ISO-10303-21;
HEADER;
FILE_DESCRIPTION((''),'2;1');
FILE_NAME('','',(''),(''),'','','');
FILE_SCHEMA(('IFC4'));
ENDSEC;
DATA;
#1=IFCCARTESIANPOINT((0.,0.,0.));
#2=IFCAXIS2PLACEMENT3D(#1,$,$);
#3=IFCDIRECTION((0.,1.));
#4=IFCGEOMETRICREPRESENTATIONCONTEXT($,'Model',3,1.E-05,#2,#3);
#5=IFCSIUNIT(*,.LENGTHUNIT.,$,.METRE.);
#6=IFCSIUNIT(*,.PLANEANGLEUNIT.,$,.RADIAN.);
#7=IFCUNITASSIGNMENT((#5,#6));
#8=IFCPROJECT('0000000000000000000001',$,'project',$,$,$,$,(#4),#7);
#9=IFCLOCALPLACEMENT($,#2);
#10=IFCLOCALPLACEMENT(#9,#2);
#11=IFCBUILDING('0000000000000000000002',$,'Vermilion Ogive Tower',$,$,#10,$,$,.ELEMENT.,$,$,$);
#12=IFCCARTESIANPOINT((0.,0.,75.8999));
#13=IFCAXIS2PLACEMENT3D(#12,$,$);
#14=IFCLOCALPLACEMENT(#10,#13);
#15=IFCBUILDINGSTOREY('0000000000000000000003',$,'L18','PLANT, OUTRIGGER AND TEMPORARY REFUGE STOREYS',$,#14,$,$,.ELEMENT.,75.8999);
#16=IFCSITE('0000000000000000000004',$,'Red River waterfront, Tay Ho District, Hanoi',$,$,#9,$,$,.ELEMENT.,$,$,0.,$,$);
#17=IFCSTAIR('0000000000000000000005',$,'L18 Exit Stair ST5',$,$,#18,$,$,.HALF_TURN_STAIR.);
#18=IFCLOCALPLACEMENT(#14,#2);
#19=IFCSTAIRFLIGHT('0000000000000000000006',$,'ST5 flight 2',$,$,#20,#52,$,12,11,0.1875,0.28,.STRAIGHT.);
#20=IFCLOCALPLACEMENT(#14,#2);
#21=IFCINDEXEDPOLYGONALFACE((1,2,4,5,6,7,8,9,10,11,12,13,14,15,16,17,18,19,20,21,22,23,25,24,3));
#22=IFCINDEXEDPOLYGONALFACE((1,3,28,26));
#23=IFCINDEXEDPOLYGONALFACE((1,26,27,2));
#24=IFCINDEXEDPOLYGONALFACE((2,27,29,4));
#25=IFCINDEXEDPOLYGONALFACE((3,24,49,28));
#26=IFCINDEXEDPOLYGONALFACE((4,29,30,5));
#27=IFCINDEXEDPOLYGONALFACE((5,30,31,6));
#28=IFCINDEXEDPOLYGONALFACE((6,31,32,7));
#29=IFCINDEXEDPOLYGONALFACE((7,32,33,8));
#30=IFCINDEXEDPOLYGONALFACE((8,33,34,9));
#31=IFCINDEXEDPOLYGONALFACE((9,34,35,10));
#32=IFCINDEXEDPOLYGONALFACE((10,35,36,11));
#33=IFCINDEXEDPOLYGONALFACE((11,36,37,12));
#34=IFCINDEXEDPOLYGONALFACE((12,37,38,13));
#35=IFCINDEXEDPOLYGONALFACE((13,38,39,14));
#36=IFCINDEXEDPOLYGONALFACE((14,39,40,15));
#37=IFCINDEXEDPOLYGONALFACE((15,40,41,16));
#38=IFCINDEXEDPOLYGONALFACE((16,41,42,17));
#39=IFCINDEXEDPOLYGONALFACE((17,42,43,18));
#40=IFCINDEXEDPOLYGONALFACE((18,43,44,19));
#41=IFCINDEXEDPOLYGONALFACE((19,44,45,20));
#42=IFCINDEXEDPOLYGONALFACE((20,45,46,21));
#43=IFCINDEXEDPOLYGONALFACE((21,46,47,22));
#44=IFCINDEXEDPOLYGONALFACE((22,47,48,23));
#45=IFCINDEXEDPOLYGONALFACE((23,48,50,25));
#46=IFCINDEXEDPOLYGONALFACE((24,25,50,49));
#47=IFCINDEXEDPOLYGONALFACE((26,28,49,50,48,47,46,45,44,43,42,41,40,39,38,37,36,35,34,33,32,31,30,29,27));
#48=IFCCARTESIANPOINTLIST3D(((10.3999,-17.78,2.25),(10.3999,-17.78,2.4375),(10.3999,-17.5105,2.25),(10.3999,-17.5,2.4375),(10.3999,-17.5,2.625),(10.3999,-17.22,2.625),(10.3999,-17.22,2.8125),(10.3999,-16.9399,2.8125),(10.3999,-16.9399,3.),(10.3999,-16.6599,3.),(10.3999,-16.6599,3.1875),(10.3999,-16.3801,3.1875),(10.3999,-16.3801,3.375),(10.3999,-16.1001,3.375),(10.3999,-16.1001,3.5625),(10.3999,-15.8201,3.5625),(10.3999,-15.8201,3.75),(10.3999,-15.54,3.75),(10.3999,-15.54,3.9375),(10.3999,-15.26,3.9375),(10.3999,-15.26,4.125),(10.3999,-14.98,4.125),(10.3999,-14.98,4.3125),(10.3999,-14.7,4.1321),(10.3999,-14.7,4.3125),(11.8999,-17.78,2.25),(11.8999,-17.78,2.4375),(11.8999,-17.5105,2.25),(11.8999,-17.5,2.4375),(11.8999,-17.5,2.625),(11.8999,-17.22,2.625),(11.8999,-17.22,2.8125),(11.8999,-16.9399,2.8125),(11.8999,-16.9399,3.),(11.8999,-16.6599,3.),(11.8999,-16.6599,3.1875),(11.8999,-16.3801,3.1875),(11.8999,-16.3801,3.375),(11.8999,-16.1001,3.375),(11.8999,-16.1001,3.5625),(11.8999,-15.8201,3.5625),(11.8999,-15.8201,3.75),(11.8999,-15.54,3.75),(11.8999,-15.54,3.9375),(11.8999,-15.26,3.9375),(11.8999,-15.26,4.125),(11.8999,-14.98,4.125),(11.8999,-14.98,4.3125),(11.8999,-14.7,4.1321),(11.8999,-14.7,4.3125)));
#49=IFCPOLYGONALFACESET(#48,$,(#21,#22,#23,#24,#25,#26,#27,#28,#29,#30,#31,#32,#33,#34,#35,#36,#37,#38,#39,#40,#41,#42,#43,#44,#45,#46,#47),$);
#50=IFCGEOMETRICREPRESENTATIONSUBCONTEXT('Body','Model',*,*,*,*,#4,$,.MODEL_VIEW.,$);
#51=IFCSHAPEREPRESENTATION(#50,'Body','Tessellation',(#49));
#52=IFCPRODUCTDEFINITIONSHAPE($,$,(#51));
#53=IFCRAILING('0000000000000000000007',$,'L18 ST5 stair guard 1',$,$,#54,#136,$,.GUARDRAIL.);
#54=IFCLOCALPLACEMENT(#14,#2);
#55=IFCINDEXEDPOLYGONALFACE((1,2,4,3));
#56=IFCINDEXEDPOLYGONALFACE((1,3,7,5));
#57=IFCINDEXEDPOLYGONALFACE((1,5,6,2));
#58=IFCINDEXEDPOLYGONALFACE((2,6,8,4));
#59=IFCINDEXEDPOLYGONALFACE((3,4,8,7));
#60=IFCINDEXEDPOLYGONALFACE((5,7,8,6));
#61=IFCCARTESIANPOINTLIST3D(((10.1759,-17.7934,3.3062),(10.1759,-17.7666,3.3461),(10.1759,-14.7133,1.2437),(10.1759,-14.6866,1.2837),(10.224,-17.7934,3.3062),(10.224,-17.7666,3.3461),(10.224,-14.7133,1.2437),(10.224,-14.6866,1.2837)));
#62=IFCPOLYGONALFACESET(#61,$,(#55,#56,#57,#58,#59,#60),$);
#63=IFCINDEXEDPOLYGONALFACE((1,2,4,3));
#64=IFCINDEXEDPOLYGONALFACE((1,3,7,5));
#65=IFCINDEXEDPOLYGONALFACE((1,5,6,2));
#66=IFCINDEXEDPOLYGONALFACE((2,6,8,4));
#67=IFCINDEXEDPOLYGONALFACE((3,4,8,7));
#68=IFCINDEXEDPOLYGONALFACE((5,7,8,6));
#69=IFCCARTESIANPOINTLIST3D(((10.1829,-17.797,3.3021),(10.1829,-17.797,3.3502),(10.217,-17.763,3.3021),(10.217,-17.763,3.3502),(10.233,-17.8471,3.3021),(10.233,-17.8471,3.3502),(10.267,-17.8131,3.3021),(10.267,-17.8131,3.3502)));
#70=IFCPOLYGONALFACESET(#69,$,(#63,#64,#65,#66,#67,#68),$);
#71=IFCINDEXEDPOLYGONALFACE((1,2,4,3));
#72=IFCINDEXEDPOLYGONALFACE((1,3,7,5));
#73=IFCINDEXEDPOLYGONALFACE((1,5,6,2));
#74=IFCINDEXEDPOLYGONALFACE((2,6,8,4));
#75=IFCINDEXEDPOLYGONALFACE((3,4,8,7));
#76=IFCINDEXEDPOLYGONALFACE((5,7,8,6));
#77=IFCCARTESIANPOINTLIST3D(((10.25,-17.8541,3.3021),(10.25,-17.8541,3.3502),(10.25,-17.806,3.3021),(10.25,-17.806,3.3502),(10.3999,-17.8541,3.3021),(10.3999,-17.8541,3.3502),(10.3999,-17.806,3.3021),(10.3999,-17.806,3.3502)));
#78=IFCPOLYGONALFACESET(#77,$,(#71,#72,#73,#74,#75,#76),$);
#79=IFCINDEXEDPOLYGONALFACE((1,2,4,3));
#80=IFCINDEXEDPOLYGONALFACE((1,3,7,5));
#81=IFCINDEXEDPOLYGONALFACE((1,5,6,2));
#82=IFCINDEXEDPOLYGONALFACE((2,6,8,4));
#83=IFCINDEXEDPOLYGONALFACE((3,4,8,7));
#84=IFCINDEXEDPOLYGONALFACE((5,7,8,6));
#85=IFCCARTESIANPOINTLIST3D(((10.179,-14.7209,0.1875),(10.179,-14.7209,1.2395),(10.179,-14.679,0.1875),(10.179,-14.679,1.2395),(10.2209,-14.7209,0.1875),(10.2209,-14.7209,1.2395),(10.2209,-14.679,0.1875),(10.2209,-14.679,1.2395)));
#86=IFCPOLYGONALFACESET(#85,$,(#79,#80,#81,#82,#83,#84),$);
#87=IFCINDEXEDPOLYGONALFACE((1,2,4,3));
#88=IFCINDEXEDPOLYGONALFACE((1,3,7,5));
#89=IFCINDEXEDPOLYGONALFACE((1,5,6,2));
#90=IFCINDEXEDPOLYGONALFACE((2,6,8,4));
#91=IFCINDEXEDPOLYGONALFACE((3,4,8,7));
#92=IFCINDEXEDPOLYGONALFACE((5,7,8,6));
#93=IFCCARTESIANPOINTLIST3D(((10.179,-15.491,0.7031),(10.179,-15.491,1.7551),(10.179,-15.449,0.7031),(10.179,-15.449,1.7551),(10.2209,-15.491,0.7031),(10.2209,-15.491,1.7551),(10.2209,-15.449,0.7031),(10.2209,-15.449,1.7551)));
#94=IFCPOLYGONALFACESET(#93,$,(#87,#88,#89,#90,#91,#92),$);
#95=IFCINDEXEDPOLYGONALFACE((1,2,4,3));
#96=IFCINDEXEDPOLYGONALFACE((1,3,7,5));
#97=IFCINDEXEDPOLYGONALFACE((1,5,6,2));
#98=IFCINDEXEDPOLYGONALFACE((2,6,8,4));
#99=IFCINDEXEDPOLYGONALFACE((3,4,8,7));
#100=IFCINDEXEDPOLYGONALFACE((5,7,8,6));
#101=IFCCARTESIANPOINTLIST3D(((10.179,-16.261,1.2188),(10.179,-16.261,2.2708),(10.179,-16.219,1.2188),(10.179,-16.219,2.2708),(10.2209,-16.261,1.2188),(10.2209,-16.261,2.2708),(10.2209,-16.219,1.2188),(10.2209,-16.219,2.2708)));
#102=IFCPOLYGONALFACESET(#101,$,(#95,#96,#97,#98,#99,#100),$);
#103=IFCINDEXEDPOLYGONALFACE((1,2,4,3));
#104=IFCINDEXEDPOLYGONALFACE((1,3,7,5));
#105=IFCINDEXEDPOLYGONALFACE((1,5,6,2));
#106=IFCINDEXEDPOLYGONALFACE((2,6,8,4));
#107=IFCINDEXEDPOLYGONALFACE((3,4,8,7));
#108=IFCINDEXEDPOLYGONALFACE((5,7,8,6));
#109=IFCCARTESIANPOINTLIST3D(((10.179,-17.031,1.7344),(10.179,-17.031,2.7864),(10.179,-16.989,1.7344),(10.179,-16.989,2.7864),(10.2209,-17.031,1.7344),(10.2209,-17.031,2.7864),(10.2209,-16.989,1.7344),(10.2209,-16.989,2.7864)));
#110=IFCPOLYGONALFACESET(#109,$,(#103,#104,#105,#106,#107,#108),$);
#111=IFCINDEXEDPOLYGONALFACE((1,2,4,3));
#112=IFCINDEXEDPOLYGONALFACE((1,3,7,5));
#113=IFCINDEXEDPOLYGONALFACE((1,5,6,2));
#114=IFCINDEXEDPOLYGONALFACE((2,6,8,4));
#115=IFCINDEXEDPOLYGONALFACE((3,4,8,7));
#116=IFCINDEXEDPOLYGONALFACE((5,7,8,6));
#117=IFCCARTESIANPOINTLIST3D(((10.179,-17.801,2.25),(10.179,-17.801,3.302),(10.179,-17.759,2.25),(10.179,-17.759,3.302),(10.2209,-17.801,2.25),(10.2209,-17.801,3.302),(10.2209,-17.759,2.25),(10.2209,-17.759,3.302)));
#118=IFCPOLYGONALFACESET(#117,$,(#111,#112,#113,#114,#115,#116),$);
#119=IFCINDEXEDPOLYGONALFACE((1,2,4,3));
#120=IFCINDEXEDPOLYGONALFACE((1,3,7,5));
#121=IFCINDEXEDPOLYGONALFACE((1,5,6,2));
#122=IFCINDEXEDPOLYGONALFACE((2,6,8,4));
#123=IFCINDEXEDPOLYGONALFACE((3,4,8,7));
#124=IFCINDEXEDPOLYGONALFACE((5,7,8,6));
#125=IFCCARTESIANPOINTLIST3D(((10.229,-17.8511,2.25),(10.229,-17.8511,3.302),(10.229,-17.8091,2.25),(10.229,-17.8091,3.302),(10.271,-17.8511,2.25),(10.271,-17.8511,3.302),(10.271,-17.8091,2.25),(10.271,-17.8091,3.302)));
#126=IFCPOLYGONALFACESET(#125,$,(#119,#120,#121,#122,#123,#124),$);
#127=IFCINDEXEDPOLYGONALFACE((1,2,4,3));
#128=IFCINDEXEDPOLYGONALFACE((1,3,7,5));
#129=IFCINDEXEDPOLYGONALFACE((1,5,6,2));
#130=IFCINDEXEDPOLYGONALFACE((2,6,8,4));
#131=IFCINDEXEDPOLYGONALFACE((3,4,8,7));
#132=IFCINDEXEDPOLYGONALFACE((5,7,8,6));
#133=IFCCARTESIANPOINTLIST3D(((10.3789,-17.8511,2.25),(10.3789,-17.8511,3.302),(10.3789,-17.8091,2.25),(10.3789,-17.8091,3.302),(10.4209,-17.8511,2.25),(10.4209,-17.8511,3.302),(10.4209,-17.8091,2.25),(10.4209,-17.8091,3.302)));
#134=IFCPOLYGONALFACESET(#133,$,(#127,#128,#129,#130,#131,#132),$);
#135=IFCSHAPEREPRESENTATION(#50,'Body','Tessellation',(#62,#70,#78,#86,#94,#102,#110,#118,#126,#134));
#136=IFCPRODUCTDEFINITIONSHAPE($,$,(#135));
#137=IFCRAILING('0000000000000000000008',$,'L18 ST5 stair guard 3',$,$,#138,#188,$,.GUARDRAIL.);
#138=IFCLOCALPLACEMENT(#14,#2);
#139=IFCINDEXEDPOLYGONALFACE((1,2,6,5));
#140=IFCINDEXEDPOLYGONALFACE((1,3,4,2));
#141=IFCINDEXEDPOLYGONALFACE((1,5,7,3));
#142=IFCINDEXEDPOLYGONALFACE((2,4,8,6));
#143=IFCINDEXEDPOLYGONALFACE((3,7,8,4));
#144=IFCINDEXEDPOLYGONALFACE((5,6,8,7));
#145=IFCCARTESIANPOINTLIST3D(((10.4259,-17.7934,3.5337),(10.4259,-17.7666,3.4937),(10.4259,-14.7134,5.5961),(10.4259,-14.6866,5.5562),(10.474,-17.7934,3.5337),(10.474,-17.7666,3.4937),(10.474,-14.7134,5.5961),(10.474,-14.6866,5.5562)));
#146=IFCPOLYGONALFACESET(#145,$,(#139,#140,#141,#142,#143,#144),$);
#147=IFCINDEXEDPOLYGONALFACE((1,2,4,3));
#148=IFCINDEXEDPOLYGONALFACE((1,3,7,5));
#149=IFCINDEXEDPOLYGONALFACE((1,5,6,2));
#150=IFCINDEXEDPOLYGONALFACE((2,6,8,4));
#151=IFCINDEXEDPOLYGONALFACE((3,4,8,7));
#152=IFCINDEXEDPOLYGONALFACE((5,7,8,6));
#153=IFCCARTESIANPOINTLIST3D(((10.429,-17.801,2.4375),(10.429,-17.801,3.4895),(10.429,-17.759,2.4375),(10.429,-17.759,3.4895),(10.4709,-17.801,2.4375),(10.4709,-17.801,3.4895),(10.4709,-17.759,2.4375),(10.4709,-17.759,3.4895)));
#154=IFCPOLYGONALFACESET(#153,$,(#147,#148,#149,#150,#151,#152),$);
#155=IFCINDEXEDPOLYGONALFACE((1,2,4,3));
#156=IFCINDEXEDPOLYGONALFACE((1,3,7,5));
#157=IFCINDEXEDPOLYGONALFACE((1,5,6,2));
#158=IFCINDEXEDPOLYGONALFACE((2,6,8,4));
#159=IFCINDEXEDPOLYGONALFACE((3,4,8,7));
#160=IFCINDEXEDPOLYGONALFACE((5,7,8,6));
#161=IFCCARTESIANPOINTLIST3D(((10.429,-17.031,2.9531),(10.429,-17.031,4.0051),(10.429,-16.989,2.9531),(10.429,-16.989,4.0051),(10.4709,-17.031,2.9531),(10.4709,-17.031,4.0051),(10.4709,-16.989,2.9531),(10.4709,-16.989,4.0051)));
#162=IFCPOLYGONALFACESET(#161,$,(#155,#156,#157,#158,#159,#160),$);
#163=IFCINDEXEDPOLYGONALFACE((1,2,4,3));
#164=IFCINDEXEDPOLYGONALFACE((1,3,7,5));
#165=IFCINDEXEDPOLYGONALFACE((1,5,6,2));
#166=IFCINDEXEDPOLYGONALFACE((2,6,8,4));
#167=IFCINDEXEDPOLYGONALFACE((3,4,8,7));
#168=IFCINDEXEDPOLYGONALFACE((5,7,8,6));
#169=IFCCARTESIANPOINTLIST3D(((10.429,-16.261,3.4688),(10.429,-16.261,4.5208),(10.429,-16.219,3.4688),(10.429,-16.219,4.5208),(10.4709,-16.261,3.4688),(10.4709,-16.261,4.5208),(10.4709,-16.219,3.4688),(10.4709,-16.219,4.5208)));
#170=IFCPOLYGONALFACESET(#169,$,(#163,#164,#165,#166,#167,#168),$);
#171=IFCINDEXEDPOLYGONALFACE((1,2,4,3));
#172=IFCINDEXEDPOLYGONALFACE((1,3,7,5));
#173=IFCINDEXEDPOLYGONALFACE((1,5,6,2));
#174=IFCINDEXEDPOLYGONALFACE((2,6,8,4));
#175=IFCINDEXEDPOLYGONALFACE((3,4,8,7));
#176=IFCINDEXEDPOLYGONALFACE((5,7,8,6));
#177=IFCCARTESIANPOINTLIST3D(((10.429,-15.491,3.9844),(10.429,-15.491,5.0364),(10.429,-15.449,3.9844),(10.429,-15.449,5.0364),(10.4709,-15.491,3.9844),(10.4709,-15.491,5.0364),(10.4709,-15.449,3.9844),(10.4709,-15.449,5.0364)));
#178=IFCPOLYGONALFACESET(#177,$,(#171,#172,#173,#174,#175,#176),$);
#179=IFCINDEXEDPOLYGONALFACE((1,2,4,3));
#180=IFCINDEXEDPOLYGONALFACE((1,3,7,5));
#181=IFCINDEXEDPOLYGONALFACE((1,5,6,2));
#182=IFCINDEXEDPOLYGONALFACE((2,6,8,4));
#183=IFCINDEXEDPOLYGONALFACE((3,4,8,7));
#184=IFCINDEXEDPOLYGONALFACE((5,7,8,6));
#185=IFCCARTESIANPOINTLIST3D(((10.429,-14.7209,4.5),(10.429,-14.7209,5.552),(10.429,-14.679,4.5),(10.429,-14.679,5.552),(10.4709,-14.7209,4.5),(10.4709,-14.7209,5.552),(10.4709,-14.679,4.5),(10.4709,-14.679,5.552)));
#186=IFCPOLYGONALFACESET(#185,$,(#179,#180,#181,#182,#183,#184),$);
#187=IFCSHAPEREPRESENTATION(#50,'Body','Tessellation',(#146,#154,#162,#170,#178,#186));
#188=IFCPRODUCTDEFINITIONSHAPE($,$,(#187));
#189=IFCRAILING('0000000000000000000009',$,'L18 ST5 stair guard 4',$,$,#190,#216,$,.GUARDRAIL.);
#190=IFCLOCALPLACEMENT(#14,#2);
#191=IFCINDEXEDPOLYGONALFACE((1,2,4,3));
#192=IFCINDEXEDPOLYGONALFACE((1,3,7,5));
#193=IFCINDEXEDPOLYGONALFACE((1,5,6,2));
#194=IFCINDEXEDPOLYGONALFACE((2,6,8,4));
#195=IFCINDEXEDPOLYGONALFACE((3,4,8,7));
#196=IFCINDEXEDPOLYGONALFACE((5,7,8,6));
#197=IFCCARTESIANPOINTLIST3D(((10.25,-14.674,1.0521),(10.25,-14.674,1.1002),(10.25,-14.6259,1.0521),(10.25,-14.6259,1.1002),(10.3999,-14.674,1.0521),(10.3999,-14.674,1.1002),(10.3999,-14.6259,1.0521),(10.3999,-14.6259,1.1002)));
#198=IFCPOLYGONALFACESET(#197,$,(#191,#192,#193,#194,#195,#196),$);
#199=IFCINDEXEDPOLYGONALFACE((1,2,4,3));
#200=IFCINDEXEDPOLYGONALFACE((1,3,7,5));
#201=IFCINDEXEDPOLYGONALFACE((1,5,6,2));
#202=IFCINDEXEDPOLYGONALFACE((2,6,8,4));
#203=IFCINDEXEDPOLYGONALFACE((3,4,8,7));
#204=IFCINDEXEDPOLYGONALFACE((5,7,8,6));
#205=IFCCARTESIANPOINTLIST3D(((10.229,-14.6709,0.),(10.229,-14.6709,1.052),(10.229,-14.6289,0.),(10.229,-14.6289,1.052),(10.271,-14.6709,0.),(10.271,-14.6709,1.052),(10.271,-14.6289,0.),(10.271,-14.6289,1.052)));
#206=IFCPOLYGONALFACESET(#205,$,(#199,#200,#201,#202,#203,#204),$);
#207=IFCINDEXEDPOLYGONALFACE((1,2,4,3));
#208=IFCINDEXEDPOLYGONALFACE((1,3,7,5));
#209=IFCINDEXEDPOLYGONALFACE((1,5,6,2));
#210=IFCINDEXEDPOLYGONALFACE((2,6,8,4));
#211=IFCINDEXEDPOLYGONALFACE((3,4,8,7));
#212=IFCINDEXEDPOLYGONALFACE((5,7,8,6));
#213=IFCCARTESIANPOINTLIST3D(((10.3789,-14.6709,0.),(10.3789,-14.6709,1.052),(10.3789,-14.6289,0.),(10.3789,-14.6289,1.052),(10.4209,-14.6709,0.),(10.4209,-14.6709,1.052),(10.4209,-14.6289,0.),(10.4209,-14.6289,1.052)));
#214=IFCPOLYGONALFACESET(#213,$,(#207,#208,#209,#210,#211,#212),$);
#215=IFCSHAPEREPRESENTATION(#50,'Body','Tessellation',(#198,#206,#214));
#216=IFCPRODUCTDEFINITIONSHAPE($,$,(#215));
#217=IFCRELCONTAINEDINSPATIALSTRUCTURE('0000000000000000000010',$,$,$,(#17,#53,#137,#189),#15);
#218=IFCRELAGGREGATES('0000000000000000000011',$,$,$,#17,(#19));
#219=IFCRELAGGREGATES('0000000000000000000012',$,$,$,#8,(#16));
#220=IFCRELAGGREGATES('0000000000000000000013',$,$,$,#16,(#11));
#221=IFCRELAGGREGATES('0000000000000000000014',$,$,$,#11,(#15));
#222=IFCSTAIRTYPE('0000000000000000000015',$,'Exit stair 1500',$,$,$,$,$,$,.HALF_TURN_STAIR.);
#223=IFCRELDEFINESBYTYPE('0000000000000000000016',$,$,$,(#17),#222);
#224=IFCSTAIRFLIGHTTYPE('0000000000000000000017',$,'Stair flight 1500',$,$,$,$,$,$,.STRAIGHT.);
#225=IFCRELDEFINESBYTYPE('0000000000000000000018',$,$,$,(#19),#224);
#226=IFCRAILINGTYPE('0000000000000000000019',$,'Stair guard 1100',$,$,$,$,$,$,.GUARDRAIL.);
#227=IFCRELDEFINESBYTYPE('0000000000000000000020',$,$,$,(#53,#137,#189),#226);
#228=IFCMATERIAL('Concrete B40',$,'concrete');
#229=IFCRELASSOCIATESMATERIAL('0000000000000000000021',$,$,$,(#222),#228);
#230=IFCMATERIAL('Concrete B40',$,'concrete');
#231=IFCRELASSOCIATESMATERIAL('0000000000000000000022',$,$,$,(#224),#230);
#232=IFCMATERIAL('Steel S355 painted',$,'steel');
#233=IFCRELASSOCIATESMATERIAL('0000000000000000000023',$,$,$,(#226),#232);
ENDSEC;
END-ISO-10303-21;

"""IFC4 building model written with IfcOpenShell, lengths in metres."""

from ifc_helpers import new_model, si_unit, direction, frame, origin, origin_2d, place, context, subcontext, project, spatial, polyline, rectangle, outline, extrude, material, type_object, element, aggregate, save


model = new_model("IFC4")

# Units and contexts
model_context = context("Model", 3, precision=1e-05, world=origin(), true_north=direction((0.0, 1.0)))
body_context = subcontext(model_context, "Body", "Model", "MODEL_VIEW")
ifc_project = project(units=[si_unit("LENGTHUNIT", "METRE"), si_unit("PLANEANGLEUNIT", "RADIAN")], contexts=[model_context])

# Site, building, storey
site_placement = place(None, origin())
site = spatial("IfcSite", under=ifc_project, at=site_placement, Name="Red River waterfront, Tay Ho District, Hanoi", CompositionType="ELEMENT", RefElevation=0.0)
building_placement = place(site_placement, origin())
building = spatial("IfcBuilding", under=site, at=building_placement, Name="Vermilion Ogive Tower", CompositionType="ELEMENT")
storey_placement = place(building_placement, frame((0.0, 0.0, 75.8999)))
storey = spatial("IfcBuildingStorey", under=building, at=storey_placement, Name="L18", Description="PLANT, OUTRIGGER AND TEMPORARY REFUGE STOREYS", CompositionType="ELEMENT", Elevation=75.8999)

# Stair, stair flight
ifc_material_1 = material(Name="Concrete B40", Category="concrete")
stair_type = type_object("IfcStairType", Name="Exit stair 1500", PredefinedType="HALF_TURN_STAIR", material=ifc_material_1)
stair_placement = place(storey_placement, origin())
stair = element("IfcStair", 1, at=stair_placement, inside=storey, type_object=stair_type, Name="L18 Exit Stair ST5", PredefinedType="HALF_TURN_STAIR")
ifc_material_2 = material(Name="Concrete B40", Category="concrete")
stair_flight_type = type_object("IfcStairFlightType", Name="Stair flight 1500", PredefinedType="STRAIGHT", material=ifc_material_2)
stair_flight_1_placement = place(storey_placement, frame((11.1499, -17.78, 2.25), z_axis=(0.0, 0.0, 1.0), x_axis=(0.0, 1.0, 0.0)))
stair_flight_1 = element("IfcStairFlight", 2, at=stair_flight_1_placement, type_object=stair_flight_type, Name="ST5 flight 2", NumberOfRisers=12, NumberOfTreads=11, PredefinedType="STRAIGHT", RiserHeight=0.1875, TreadLength=0.28, context=body_context, shape_type="SweptSolid", body=[
    extrude(outline(polyline([(0.0, 0.0), (0.0, 0.1875), (0.28, 0.1875), (0.28, 0.375), (0.5601, 0.375), (0.5601, 0.5625), (0.8401, 0.5625), (0.8401, 0.75), (1.1201, 0.75), (1.1201, 0.9375), (1.3999, 0.9375), (1.3999, 1.125), (1.6799, 1.125), (1.6799, 1.3125), (1.96, 1.3125), (1.96, 1.5), (2.24, 1.5), (2.24, 1.6875), (2.52, 1.6875), (2.52, 1.875), (2.8, 1.875), (2.8, 2.0625), (3.0801, 2.0625), (3.0801, 2.25), (3.0801, 1.8821), (0.2695, 0.0), (0.0, 0.0)])), frame((0.0, 0.75, 0.0), z_axis=(0.0, -1.0, 0.0), x_axis=(1.0, 0.0, 0.0)), (0.0, 0.0, 1.0), 1.5),
])
aggregate(stair, [stair_flight_1])

# Railings
ifc_material_3 = material(Name="Steel S355 painted", Category="steel")
railing_type_1 = type_object("IfcRailingType", Name="Stair guard 1100", PredefinedType="GUARDRAIL", material=ifc_material_3)
railing_1_placement = place(storey_placement, frame((10.2, -14.7, 0.1875)))
element("IfcRailing", 3, at=railing_1_placement, inside=storey, type_object=railing_type_1, Name="L18 ST5 stair guard 1", PredefinedType="GUARDRAIL", context=body_context, shape_type="SweptSolid", body=[
    extrude(rectangle(XDim=0.0481, YDim=0.0481, at=origin_2d()), frame((0.0, 0.0, 1.0762), z_axis=(0.0, -0.830914, 0.556401), x_axis=(1.0, 0.0, 0.0)), (0.0, 0.0, 1.0), 3.7068),
    extrude(rectangle(XDim=0.0481, YDim=0.0481, at=origin_2d()), frame((0.0, -3.0801, 3.1387), z_axis=(0.707107, -0.707107, 0.0), x_axis=(0.707107, 0.707107, 0.0)), (0.0, 0.0, 1.0), 0.0708),
    extrude(rectangle(XDim=0.0481, YDim=0.0481, at=origin_2d()), frame((0.05, -3.1301, 3.1387), z_axis=(1.0, 0.0, 0.0), x_axis=(0.0, 1.0, 0.0)), (0.0, 0.0, 1.0), 0.1499),
    extrude(rectangle(XDim=0.042, YDim=0.042, at=origin_2d()), origin(), (0.0, 0.0, 1.0), 1.052),
    extrude(rectangle(XDim=0.042, YDim=0.042, at=origin_2d()), frame((0.0, -0.77, 0.5156)), (0.0, 0.0, 1.0), 1.052),
    extrude(rectangle(XDim=0.042, YDim=0.042, at=origin_2d()), frame((0.0, -1.54, 1.0312)), (0.0, 0.0, 1.0), 1.052),
    extrude(rectangle(XDim=0.042, YDim=0.042, at=origin_2d()), frame((0.0, -2.3101, 1.5469)), (0.0, 0.0, 1.0), 1.052),
    extrude(rectangle(XDim=0.042, YDim=0.042, at=origin_2d()), frame((0.0, -3.0801, 2.0625)), (0.0, 0.0, 1.0), 1.052),
    extrude(rectangle(XDim=0.042, YDim=0.042, at=origin_2d()), frame((0.05, -3.1301, 2.0625)), (0.0, 0.0, 1.0), 1.052),
    extrude(rectangle(XDim=0.042, YDim=0.042, at=origin_2d()), frame((0.2, -3.1301, 2.0625)), (0.0, 0.0, 1.0), 1.052),
])
railing_2_placement = place(storey_placement, frame((10.45, -17.78, 2.4375)))
element("IfcRailing", 4, at=railing_2_placement, inside=storey, type_object=railing_type_1, Name="L18 ST5 stair guard 3", PredefinedType="GUARDRAIL", context=body_context, shape_type="SweptSolid", body=[
    extrude(rectangle(XDim=0.0481, YDim=0.0481, at=origin_2d()), frame((0.0, 0.0, 1.0762), z_axis=(0.0, 0.830914, 0.556401), x_axis=(-1.0, 0.0, 0.0)), (0.0, 0.0, 1.0), 3.7068),
    extrude(rectangle(XDim=0.042, YDim=0.042, at=origin_2d()), origin(), (0.0, 0.0, 1.0), 1.052),
    extrude(rectangle(XDim=0.042, YDim=0.042, at=origin_2d()), frame((0.0, 0.77, 0.5156)), (0.0, 0.0, 1.0), 1.052),
    extrude(rectangle(XDim=0.042, YDim=0.042, at=origin_2d()), frame((0.0, 1.54, 1.0312)), (0.0, 0.0, 1.0), 1.052),
    extrude(rectangle(XDim=0.042, YDim=0.042, at=origin_2d()), frame((0.0, 2.3101, 1.5469)), (0.0, 0.0, 1.0), 1.052),
    extrude(rectangle(XDim=0.042, YDim=0.042, at=origin_2d()), frame((0.0, 3.0801, 2.0625)), (0.0, 0.0, 1.0), 1.052),
])
railing_3_placement = place(storey_placement, frame((10.25, -14.6499, 0.0)))
element("IfcRailing", 5, at=railing_3_placement, inside=storey, type_object=railing_type_1, Name="L18 ST5 stair guard 4", PredefinedType="GUARDRAIL", context=body_context, shape_type="SweptSolid", body=[
    extrude(rectangle(XDim=0.0481, YDim=0.0481, at=origin_2d()), frame((0.0, 0.0, 1.0762), z_axis=(1.0, 0.0, 0.0), x_axis=(0.0, 1.0, 0.0)), (0.0, 0.0, 1.0), 0.1499),
    extrude(rectangle(XDim=0.042, YDim=0.042, at=origin_2d()), origin(), (0.0, 0.0, 1.0), 1.052),
    extrude(rectangle(XDim=0.042, YDim=0.042, at=origin_2d()), frame((0.1499, 0.0, 0.0)), (0.0, 0.0, 1.0), 1.052),
])

save(model, "model.ifc")
